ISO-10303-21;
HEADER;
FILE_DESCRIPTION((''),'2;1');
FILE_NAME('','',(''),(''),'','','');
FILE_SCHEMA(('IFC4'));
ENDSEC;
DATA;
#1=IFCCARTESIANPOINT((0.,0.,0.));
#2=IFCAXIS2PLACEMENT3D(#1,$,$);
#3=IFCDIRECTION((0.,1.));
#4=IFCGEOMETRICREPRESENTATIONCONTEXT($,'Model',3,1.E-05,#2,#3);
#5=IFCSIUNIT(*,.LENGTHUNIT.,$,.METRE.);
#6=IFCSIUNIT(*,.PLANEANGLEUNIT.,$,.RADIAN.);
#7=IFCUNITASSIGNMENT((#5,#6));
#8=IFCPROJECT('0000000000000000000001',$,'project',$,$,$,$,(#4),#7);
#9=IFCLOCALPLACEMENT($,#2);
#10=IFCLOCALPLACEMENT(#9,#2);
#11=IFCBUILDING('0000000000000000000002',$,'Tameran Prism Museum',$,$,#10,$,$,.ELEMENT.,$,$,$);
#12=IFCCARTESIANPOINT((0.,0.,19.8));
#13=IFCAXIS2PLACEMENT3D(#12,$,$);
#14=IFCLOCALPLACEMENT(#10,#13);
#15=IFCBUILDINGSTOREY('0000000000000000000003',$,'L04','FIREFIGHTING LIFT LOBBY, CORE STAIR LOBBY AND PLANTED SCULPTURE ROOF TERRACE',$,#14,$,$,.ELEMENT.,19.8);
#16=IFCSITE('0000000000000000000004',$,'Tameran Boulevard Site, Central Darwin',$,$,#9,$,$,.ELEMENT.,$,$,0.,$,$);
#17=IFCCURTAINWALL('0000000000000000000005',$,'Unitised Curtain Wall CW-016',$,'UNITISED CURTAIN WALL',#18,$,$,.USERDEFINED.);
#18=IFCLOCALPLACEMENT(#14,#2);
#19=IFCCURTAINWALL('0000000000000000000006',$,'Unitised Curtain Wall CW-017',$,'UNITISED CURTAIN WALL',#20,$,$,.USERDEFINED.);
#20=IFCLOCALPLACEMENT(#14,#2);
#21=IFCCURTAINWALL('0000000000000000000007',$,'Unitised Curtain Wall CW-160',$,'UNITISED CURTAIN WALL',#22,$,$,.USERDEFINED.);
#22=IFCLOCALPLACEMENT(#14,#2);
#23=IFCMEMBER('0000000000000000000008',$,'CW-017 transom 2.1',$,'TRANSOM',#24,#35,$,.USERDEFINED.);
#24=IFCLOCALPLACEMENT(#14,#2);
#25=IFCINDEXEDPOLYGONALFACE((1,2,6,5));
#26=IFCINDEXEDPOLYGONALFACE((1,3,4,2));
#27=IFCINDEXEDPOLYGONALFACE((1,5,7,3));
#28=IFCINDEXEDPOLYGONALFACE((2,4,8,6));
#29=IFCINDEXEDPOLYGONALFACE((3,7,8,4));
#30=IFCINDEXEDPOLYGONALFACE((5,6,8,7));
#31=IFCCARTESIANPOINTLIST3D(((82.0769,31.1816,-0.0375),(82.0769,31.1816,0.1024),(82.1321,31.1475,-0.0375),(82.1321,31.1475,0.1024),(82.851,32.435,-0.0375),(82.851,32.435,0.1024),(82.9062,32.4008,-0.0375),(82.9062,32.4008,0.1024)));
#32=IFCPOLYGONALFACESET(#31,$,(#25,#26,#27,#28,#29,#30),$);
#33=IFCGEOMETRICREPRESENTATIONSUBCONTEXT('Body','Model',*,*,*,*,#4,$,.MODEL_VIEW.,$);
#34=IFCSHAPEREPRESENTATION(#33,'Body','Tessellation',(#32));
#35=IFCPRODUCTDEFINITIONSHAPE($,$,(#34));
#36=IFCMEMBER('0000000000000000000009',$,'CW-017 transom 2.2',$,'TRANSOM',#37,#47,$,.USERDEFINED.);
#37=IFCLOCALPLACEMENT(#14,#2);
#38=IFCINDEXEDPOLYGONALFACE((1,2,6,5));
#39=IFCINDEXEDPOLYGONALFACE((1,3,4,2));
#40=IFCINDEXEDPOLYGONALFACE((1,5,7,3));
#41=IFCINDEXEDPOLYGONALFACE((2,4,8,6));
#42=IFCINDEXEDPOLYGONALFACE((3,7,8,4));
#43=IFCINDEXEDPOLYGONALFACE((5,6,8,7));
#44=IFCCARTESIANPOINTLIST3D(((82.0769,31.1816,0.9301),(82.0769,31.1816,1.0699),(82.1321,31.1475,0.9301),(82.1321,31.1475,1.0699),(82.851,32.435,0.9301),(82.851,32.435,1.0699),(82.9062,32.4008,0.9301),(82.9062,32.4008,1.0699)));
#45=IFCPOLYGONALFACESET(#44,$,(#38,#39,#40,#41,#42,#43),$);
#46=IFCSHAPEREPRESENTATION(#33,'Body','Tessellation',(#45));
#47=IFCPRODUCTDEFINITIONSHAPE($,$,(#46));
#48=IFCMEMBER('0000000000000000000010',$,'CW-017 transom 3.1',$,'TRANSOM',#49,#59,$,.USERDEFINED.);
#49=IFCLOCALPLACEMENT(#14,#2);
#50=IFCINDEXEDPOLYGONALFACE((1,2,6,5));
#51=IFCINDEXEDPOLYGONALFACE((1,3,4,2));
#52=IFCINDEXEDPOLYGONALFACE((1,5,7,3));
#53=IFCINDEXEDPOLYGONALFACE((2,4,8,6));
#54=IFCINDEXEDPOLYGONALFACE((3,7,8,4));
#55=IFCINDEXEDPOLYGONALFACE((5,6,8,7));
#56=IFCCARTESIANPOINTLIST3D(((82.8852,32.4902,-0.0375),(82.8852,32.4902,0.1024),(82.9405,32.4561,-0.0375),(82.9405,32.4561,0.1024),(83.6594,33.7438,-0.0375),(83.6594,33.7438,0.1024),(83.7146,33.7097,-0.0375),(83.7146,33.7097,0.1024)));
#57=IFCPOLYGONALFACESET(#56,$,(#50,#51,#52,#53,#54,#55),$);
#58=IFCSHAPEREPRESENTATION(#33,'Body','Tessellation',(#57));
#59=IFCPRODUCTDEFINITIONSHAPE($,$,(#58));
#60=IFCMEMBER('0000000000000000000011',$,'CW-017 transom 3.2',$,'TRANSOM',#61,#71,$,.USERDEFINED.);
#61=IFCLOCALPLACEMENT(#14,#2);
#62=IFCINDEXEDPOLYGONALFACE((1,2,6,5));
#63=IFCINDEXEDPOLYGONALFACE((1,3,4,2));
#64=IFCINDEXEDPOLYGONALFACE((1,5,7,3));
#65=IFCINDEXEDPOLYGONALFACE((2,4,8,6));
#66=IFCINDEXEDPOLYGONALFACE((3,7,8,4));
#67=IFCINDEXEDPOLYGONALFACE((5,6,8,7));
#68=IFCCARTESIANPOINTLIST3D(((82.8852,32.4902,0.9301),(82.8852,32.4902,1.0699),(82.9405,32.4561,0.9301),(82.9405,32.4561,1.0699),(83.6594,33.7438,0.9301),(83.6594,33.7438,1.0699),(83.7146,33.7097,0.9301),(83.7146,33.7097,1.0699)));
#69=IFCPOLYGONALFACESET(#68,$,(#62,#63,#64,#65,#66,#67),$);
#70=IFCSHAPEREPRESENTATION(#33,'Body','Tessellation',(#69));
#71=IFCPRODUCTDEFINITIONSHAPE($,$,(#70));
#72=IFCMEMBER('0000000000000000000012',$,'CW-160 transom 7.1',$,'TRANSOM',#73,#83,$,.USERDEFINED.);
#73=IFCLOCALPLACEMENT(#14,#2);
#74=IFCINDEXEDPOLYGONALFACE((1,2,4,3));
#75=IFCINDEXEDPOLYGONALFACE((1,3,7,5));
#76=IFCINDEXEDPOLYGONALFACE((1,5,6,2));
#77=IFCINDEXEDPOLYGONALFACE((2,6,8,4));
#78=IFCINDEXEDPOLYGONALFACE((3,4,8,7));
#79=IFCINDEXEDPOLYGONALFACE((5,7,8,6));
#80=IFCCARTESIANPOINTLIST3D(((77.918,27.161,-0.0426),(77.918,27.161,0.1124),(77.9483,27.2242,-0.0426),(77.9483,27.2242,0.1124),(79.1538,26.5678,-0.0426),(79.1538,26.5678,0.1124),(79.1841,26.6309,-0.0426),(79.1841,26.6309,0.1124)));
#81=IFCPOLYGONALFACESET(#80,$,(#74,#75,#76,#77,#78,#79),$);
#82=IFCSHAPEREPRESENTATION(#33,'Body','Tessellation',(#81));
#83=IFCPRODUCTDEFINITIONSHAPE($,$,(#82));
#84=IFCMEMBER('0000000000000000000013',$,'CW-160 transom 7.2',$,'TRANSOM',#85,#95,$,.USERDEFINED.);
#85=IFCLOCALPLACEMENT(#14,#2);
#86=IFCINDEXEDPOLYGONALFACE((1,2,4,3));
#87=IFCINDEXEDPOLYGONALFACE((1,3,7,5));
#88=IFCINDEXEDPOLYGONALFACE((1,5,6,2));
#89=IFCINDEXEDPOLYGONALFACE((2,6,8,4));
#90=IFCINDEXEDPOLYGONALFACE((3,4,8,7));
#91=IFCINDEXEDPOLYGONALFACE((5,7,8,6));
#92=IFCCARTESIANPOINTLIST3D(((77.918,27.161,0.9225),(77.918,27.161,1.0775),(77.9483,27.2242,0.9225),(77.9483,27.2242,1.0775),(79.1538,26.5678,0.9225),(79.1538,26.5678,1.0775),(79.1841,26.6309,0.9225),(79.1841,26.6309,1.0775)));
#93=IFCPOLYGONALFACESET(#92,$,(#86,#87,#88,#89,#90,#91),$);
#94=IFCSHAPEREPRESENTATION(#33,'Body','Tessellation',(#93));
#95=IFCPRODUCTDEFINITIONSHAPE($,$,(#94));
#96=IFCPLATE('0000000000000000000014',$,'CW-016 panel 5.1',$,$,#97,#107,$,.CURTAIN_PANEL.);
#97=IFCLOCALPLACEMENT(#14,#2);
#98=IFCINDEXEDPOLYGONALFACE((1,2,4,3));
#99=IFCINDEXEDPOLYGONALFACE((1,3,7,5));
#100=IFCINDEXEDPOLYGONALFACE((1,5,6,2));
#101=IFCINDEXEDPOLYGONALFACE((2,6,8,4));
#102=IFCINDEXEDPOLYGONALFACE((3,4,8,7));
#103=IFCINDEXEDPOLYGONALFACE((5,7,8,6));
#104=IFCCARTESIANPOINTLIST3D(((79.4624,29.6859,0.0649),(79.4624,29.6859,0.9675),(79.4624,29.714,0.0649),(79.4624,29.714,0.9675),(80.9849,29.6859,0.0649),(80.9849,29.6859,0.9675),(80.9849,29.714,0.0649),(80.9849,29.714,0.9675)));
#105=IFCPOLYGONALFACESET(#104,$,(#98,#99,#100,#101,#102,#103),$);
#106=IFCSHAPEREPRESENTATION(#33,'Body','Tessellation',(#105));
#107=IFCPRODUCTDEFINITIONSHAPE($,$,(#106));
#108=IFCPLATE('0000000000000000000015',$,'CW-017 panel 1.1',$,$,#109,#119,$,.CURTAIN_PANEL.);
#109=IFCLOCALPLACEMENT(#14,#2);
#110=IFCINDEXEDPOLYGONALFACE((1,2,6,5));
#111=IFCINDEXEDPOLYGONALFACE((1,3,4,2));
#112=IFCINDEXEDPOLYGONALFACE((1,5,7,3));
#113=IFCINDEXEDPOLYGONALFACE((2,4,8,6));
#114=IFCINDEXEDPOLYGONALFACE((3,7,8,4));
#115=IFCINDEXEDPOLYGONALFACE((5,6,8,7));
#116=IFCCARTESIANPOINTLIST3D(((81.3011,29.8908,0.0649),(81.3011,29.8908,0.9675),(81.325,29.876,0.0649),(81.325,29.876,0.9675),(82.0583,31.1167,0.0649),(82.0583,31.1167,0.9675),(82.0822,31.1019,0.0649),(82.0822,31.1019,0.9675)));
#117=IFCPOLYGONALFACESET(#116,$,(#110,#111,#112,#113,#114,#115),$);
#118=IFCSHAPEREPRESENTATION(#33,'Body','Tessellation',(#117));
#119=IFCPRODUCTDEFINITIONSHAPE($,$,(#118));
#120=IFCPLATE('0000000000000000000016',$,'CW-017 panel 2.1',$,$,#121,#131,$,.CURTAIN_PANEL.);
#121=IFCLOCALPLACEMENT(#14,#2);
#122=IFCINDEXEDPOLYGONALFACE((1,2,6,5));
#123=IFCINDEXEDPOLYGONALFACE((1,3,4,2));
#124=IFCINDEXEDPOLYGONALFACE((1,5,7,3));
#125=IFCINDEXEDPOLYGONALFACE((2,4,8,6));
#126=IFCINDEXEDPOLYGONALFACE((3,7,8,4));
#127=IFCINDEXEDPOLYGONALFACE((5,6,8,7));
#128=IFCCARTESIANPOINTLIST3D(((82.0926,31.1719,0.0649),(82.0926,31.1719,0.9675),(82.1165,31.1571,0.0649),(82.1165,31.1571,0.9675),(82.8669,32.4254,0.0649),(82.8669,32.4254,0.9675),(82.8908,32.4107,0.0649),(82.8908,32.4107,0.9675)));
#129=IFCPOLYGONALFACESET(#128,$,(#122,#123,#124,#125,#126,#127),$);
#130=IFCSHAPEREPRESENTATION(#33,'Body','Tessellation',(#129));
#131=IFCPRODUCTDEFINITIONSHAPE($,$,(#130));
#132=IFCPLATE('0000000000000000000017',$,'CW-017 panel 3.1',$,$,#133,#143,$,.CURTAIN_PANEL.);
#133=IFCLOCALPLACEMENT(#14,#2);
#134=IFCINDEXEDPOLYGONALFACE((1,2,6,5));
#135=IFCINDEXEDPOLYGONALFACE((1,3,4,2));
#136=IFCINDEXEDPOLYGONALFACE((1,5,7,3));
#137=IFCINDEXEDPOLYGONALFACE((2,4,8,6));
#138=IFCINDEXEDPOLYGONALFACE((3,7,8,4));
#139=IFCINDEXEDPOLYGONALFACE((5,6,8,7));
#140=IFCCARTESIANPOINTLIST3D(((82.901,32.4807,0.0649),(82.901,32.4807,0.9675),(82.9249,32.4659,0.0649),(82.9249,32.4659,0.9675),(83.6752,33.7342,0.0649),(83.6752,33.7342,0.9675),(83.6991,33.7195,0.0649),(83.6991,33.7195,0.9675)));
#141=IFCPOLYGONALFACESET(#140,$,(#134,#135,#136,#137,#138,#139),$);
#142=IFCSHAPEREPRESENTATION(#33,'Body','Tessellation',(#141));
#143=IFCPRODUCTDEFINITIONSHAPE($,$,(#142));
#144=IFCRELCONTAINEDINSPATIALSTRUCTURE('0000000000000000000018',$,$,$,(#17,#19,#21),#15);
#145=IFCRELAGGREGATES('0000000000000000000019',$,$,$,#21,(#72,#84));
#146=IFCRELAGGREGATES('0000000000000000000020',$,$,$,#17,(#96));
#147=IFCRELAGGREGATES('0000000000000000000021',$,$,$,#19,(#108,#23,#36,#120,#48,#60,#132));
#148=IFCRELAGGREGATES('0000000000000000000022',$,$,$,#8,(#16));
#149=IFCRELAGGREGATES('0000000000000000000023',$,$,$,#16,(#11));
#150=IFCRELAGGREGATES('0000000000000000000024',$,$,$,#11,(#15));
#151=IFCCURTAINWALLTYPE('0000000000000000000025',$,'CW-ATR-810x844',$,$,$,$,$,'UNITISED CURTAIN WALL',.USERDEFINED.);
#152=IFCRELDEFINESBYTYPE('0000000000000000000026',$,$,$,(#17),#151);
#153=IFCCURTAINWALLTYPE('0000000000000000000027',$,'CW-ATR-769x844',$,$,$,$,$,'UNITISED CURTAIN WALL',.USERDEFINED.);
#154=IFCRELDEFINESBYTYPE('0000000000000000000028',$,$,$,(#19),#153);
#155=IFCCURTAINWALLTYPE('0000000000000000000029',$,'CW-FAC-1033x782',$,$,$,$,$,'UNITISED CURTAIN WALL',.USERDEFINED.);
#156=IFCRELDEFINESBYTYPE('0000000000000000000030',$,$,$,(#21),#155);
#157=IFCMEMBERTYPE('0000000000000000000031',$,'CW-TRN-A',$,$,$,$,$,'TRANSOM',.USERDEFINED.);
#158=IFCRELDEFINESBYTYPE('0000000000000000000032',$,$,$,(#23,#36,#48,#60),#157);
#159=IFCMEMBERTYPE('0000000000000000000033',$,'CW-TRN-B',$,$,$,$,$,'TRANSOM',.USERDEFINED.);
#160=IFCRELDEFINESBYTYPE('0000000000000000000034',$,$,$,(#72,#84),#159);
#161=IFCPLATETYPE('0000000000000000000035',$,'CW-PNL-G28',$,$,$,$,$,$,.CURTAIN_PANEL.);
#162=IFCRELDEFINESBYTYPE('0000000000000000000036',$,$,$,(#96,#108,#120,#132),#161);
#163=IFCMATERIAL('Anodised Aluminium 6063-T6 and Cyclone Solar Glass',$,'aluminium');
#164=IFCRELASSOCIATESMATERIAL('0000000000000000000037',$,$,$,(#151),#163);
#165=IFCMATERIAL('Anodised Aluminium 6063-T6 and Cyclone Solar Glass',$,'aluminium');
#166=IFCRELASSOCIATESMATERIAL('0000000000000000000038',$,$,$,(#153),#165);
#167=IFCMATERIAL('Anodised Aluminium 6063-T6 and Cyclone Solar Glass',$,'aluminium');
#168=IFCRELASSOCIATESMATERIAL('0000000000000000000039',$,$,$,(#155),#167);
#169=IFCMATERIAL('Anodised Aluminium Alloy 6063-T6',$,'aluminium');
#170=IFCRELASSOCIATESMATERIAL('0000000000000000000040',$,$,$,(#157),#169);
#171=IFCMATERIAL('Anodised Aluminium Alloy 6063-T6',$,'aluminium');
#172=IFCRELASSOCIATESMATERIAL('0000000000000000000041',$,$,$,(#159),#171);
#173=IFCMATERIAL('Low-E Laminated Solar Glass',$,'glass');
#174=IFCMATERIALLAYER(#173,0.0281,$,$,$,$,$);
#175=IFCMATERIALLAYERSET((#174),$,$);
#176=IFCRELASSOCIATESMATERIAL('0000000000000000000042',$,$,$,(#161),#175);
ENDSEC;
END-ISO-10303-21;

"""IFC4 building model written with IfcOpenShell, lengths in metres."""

from ifc_helpers import new_model, si_unit, direction, frame, origin, origin_2d, place, context, subcontext, project, spatial, rectangle, extrude, material, layer, layer_set, material_profile, profile_set, type_object, element, aggregate, save


model = new_model("IFC4")

# Units and contexts
model_context = context("Model", 3, precision=1e-05, world=origin(), true_north=direction((0.0, 1.0)))
body_context = subcontext(model_context, "Body", "Model", "MODEL_VIEW")
ifc_project = project(units=[si_unit("LENGTHUNIT", "METRE"), si_unit("PLANEANGLEUNIT", "RADIAN")], contexts=[model_context])

# Site, building, storey
site_placement = place(None, origin())
site = spatial("IfcSite", under=ifc_project, at=site_placement, Name="Tameran Boulevard Site, Central Darwin", CompositionType="ELEMENT", RefElevation=0.0)
building_placement = place(site_placement, origin())
building = spatial("IfcBuilding", under=site, at=building_placement, Name="Tameran Prism Museum", CompositionType="ELEMENT")
storey_placement = place(building_placement, frame((0.0, 0.0, 19.8)))
storey = spatial("IfcBuildingStorey", under=building, at=storey_placement, Name="L04", Description="FIREFIGHTING LIFT LOBBY, CORE STAIR LOBBY AND PLANTED SCULPTURE ROOF TERRACE", CompositionType="ELEMENT", Elevation=19.8)

# Curtain walls
ifc_material_1 = material(Name="Anodised Aluminium 6063-T6 and Cyclone Solar Glass", Category="aluminium")
curtain_wall_type_1 = type_object("IfcCurtainWallType", Name="CW-ATR-810x844", ElementType="UNITISED CURTAIN WALL", PredefinedType="USERDEFINED", material=ifc_material_1)
curtain_wall_1_placement = place(storey_placement, origin())
curtain_wall_1 = element("IfcCurtainWall", 1, at=curtain_wall_1_placement, inside=storey, type_object=curtain_wall_type_1, Name="Unitised Curtain Wall CW-016", ObjectType="UNITISED CURTAIN WALL", PredefinedType="USERDEFINED")
ifc_material_2 = material(Name="Anodised Aluminium 6063-T6 and Cyclone Solar Glass", Category="aluminium")
curtain_wall_type_2 = type_object("IfcCurtainWallType", Name="CW-ATR-769x844", ElementType="UNITISED CURTAIN WALL", PredefinedType="USERDEFINED", material=ifc_material_2)
curtain_wall_2_placement = place(storey_placement, origin())
curtain_wall_2 = element("IfcCurtainWall", 2, at=curtain_wall_2_placement, inside=storey, type_object=curtain_wall_type_2, Name="Unitised Curtain Wall CW-017", ObjectType="UNITISED CURTAIN WALL", PredefinedType="USERDEFINED")

# Curtain wall
ifc_material_3 = material(Name="Anodised Aluminium 6063-T6 and Cyclone Solar Glass", Category="aluminium")
curtain_wall_type_3 = type_object("IfcCurtainWallType", Name="CW-FAC-1033x782", ElementType="UNITISED CURTAIN WALL", PredefinedType="USERDEFINED", material=ifc_material_3)
curtain_wall_3_placement = place(storey_placement, origin())
curtain_wall_3 = element("IfcCurtainWall", 3, at=curtain_wall_3_placement, inside=storey, type_object=curtain_wall_type_3, Name="Unitised Curtain Wall CW-160", ObjectType="UNITISED CURTAIN WALL", PredefinedType="USERDEFINED")

# Members
ifc_material_4 = material(Name="Anodised Aluminium Alloy 6063-T6", Category="aluminium")
ifc_material_profile_1 = material_profile(ifc_material_4, rectangle(XDim=0.0649, YDim=0.1399, at=origin_2d()))
ifc_profile_set_1 = profile_set([ifc_material_profile_1])
member_type_1 = type_object("IfcMemberType", Name="CW-TRN-A", ElementType="TRANSOM", PredefinedType="USERDEFINED", material=ifc_profile_set_1)
member_1_placement = place(storey_placement, frame((82.1045, 31.1646, 0.0325), z_axis=(0.525493, 0.850798, 0.0), x_axis=(-0.850798, 0.525493, 0.0)))
member_1 = element("IfcMember", 4, at=member_1_placement, type_object=member_type_1, Name="CW-017 transom 2.1", ObjectType="TRANSOM", PredefinedType="USERDEFINED", context=body_context, shape_type="SweptSolid", body=[
    extrude(rectangle(XDim=0.0649, YDim=0.1399, at=origin_2d()), origin(), (0.0, 0.0, 1.0), 1.4731),
])
member_2_placement = place(storey_placement, frame((82.1045, 31.1646, 1.0), z_axis=(0.525493, 0.850798, 0.0), x_axis=(-0.850798, 0.525493, 0.0)))
member_2 = element("IfcMember", 5, at=member_2_placement, type_object=member_type_1, Name="CW-017 transom 2.2", ObjectType="TRANSOM", PredefinedType="USERDEFINED", context=body_context, shape_type="SweptSolid", body=[
    extrude(rectangle(XDim=0.0649, YDim=0.1399, at=origin_2d()), origin(), (0.0, 0.0, 1.0), 1.4731),
])
member_3_placement = place(storey_placement, frame((82.9128, 32.4731, 0.0325), z_axis=(0.525419, 0.850844, 0.0), x_axis=(-0.850844, 0.525419, 0.0)))
member_3 = element("IfcMember", 6, at=member_3_placement, type_object=member_type_1, Name="CW-017 transom 3.1", ObjectType="TRANSOM", PredefinedType="USERDEFINED", context=body_context, shape_type="SweptSolid", body=[
    extrude(rectangle(XDim=0.0649, YDim=0.1399, at=origin_2d()), origin(), (0.0, 0.0, 1.0), 1.4734),
])
member_4_placement = place(storey_placement, frame((82.9128, 32.4731, 1.0), z_axis=(0.525419, 0.850844, 0.0), x_axis=(-0.850844, 0.525419, 0.0)))
member_4 = element("IfcMember", 7, at=member_4_placement, type_object=member_type_1, Name="CW-017 transom 3.2", ObjectType="TRANSOM", PredefinedType="USERDEFINED", context=body_context, shape_type="SweptSolid", body=[
    extrude(rectangle(XDim=0.0649, YDim=0.1399, at=origin_2d()), origin(), (0.0, 0.0, 1.0), 1.4734),
])
ifc_material_5 = material(Name="Anodised Aluminium Alloy 6063-T6", Category="aluminium")
ifc_material_profile_2 = material_profile(ifc_material_5, rectangle(XDim=0.0701, YDim=0.155, at=origin_2d()))
ifc_profile_set_2 = profile_set([ifc_material_profile_2])
member_type_2 = type_object("IfcMemberType", Name="CW-TRN-B", ElementType="TRANSOM", PredefinedType="USERDEFINED", material=ifc_profile_set_2)
member_5_placement = place(storey_placement, frame((79.1689, 26.5994, 0.0349), z_axis=(-0.901506, 0.432766, 0.0), x_axis=(-0.432766, -0.901506, 0.0)))
member_5 = element("IfcMember", 8, at=member_5_placement, type_object=member_type_2, Name="CW-160 transom 7.1", ObjectType="TRANSOM", PredefinedType="USERDEFINED", context=body_context, shape_type="SweptSolid", body=[
    extrude(rectangle(XDim=0.0701, YDim=0.155, at=origin_2d()), origin(), (0.0, 0.0, 1.0), 1.3708),
])
member_6_placement = place(storey_placement, frame((79.1689, 26.5994, 1.0), z_axis=(-0.901506, 0.432766, 0.0), x_axis=(-0.432766, -0.901506, 0.0)))
member_6 = element("IfcMember", 9, at=member_6_placement, type_object=member_type_2, Name="CW-160 transom 7.2", ObjectType="TRANSOM", PredefinedType="USERDEFINED", context=body_context, shape_type="SweptSolid", body=[
    extrude(rectangle(XDim=0.0701, YDim=0.155, at=origin_2d()), origin(), (0.0, 0.0, 1.0), 1.3708),
])
aggregate(curtain_wall_3, [member_5, member_6])

# Plates
ifc_material_6 = material(Name="Low-E Laminated Solar Glass", Category="glass")
ifc_layer_1 = layer(ifc_material_6, 0.0281)
ifc_layer_set_1 = layer_set([ifc_layer_1])
plate_type = type_object("IfcPlateType", Name="CW-PNL-G28", PredefinedType="CURTAIN_PANEL", material=ifc_layer_set_1)
plate_1_placement = place(storey_placement, frame((80.2236, 29.7, 0.0649), z_axis=(0.0, 0.0, 1.0), x_axis=(1.0, 0.0, 0.0)))
plate_1 = element("IfcPlate", 10, at=plate_1_placement, type_object=plate_type, Name="CW-016 panel 5.1", PredefinedType="CURTAIN_PANEL", context=body_context, shape_type="SweptSolid", body=[
    extrude(rectangle(XDim=1.5225, YDim=0.0281, at=origin_2d()), origin(), (0.0, 0.0, 1.0), 0.9026),
])
aggregate(curtain_wall_1, [plate_1])
plate_2_placement = place(storey_placement, frame((81.6917, 30.4963, 0.0649), z_axis=(0.0, 0.0, 1.0), x_axis=(0.525504, 0.850791, 0.0)))
plate_2 = element("IfcPlate", 11, at=plate_2_placement, type_object=plate_type, Name="CW-017 panel 1.1", PredefinedType="CURTAIN_PANEL", context=body_context, shape_type="SweptSolid", body=[
    extrude(rectangle(XDim=1.4409, YDim=0.0281, at=origin_2d()), origin(), (0.0, 0.0, 1.0), 0.9026),
])
plate_3_placement = place(storey_placement, frame((82.4917, 31.7913, 0.0649), z_axis=(0.0, 0.0, 1.0), x_axis=(0.525504, 0.850791, 0.0)))
plate_3 = element("IfcPlate", 12, at=plate_3_placement, type_object=plate_type, Name="CW-017 panel 2.1", PredefinedType="CURTAIN_PANEL", context=body_context, shape_type="SweptSolid", body=[
    extrude(rectangle(XDim=1.4734, YDim=0.0281, at=origin_2d()), origin(), (0.0, 0.0, 1.0), 0.9026),
])
plate_4_placement = place(storey_placement, frame((83.3, 33.1001, 0.0649), z_axis=(0.0, 0.0, 1.0), x_axis=(0.525504, 0.850791, 0.0)))
plate_4 = element("IfcPlate", 13, at=plate_4_placement, type_object=plate_type, Name="CW-017 panel 3.1", PredefinedType="CURTAIN_PANEL", context=body_context, shape_type="SweptSolid", body=[
    extrude(rectangle(XDim=1.4734, YDim=0.0281, at=origin_2d()), origin(), (0.0, 0.0, 1.0), 0.9026),
])
aggregate(curtain_wall_2, [plate_2, member_1, member_2, plate_3, member_3, member_4, plate_4])

save(model, "model.ifc")
